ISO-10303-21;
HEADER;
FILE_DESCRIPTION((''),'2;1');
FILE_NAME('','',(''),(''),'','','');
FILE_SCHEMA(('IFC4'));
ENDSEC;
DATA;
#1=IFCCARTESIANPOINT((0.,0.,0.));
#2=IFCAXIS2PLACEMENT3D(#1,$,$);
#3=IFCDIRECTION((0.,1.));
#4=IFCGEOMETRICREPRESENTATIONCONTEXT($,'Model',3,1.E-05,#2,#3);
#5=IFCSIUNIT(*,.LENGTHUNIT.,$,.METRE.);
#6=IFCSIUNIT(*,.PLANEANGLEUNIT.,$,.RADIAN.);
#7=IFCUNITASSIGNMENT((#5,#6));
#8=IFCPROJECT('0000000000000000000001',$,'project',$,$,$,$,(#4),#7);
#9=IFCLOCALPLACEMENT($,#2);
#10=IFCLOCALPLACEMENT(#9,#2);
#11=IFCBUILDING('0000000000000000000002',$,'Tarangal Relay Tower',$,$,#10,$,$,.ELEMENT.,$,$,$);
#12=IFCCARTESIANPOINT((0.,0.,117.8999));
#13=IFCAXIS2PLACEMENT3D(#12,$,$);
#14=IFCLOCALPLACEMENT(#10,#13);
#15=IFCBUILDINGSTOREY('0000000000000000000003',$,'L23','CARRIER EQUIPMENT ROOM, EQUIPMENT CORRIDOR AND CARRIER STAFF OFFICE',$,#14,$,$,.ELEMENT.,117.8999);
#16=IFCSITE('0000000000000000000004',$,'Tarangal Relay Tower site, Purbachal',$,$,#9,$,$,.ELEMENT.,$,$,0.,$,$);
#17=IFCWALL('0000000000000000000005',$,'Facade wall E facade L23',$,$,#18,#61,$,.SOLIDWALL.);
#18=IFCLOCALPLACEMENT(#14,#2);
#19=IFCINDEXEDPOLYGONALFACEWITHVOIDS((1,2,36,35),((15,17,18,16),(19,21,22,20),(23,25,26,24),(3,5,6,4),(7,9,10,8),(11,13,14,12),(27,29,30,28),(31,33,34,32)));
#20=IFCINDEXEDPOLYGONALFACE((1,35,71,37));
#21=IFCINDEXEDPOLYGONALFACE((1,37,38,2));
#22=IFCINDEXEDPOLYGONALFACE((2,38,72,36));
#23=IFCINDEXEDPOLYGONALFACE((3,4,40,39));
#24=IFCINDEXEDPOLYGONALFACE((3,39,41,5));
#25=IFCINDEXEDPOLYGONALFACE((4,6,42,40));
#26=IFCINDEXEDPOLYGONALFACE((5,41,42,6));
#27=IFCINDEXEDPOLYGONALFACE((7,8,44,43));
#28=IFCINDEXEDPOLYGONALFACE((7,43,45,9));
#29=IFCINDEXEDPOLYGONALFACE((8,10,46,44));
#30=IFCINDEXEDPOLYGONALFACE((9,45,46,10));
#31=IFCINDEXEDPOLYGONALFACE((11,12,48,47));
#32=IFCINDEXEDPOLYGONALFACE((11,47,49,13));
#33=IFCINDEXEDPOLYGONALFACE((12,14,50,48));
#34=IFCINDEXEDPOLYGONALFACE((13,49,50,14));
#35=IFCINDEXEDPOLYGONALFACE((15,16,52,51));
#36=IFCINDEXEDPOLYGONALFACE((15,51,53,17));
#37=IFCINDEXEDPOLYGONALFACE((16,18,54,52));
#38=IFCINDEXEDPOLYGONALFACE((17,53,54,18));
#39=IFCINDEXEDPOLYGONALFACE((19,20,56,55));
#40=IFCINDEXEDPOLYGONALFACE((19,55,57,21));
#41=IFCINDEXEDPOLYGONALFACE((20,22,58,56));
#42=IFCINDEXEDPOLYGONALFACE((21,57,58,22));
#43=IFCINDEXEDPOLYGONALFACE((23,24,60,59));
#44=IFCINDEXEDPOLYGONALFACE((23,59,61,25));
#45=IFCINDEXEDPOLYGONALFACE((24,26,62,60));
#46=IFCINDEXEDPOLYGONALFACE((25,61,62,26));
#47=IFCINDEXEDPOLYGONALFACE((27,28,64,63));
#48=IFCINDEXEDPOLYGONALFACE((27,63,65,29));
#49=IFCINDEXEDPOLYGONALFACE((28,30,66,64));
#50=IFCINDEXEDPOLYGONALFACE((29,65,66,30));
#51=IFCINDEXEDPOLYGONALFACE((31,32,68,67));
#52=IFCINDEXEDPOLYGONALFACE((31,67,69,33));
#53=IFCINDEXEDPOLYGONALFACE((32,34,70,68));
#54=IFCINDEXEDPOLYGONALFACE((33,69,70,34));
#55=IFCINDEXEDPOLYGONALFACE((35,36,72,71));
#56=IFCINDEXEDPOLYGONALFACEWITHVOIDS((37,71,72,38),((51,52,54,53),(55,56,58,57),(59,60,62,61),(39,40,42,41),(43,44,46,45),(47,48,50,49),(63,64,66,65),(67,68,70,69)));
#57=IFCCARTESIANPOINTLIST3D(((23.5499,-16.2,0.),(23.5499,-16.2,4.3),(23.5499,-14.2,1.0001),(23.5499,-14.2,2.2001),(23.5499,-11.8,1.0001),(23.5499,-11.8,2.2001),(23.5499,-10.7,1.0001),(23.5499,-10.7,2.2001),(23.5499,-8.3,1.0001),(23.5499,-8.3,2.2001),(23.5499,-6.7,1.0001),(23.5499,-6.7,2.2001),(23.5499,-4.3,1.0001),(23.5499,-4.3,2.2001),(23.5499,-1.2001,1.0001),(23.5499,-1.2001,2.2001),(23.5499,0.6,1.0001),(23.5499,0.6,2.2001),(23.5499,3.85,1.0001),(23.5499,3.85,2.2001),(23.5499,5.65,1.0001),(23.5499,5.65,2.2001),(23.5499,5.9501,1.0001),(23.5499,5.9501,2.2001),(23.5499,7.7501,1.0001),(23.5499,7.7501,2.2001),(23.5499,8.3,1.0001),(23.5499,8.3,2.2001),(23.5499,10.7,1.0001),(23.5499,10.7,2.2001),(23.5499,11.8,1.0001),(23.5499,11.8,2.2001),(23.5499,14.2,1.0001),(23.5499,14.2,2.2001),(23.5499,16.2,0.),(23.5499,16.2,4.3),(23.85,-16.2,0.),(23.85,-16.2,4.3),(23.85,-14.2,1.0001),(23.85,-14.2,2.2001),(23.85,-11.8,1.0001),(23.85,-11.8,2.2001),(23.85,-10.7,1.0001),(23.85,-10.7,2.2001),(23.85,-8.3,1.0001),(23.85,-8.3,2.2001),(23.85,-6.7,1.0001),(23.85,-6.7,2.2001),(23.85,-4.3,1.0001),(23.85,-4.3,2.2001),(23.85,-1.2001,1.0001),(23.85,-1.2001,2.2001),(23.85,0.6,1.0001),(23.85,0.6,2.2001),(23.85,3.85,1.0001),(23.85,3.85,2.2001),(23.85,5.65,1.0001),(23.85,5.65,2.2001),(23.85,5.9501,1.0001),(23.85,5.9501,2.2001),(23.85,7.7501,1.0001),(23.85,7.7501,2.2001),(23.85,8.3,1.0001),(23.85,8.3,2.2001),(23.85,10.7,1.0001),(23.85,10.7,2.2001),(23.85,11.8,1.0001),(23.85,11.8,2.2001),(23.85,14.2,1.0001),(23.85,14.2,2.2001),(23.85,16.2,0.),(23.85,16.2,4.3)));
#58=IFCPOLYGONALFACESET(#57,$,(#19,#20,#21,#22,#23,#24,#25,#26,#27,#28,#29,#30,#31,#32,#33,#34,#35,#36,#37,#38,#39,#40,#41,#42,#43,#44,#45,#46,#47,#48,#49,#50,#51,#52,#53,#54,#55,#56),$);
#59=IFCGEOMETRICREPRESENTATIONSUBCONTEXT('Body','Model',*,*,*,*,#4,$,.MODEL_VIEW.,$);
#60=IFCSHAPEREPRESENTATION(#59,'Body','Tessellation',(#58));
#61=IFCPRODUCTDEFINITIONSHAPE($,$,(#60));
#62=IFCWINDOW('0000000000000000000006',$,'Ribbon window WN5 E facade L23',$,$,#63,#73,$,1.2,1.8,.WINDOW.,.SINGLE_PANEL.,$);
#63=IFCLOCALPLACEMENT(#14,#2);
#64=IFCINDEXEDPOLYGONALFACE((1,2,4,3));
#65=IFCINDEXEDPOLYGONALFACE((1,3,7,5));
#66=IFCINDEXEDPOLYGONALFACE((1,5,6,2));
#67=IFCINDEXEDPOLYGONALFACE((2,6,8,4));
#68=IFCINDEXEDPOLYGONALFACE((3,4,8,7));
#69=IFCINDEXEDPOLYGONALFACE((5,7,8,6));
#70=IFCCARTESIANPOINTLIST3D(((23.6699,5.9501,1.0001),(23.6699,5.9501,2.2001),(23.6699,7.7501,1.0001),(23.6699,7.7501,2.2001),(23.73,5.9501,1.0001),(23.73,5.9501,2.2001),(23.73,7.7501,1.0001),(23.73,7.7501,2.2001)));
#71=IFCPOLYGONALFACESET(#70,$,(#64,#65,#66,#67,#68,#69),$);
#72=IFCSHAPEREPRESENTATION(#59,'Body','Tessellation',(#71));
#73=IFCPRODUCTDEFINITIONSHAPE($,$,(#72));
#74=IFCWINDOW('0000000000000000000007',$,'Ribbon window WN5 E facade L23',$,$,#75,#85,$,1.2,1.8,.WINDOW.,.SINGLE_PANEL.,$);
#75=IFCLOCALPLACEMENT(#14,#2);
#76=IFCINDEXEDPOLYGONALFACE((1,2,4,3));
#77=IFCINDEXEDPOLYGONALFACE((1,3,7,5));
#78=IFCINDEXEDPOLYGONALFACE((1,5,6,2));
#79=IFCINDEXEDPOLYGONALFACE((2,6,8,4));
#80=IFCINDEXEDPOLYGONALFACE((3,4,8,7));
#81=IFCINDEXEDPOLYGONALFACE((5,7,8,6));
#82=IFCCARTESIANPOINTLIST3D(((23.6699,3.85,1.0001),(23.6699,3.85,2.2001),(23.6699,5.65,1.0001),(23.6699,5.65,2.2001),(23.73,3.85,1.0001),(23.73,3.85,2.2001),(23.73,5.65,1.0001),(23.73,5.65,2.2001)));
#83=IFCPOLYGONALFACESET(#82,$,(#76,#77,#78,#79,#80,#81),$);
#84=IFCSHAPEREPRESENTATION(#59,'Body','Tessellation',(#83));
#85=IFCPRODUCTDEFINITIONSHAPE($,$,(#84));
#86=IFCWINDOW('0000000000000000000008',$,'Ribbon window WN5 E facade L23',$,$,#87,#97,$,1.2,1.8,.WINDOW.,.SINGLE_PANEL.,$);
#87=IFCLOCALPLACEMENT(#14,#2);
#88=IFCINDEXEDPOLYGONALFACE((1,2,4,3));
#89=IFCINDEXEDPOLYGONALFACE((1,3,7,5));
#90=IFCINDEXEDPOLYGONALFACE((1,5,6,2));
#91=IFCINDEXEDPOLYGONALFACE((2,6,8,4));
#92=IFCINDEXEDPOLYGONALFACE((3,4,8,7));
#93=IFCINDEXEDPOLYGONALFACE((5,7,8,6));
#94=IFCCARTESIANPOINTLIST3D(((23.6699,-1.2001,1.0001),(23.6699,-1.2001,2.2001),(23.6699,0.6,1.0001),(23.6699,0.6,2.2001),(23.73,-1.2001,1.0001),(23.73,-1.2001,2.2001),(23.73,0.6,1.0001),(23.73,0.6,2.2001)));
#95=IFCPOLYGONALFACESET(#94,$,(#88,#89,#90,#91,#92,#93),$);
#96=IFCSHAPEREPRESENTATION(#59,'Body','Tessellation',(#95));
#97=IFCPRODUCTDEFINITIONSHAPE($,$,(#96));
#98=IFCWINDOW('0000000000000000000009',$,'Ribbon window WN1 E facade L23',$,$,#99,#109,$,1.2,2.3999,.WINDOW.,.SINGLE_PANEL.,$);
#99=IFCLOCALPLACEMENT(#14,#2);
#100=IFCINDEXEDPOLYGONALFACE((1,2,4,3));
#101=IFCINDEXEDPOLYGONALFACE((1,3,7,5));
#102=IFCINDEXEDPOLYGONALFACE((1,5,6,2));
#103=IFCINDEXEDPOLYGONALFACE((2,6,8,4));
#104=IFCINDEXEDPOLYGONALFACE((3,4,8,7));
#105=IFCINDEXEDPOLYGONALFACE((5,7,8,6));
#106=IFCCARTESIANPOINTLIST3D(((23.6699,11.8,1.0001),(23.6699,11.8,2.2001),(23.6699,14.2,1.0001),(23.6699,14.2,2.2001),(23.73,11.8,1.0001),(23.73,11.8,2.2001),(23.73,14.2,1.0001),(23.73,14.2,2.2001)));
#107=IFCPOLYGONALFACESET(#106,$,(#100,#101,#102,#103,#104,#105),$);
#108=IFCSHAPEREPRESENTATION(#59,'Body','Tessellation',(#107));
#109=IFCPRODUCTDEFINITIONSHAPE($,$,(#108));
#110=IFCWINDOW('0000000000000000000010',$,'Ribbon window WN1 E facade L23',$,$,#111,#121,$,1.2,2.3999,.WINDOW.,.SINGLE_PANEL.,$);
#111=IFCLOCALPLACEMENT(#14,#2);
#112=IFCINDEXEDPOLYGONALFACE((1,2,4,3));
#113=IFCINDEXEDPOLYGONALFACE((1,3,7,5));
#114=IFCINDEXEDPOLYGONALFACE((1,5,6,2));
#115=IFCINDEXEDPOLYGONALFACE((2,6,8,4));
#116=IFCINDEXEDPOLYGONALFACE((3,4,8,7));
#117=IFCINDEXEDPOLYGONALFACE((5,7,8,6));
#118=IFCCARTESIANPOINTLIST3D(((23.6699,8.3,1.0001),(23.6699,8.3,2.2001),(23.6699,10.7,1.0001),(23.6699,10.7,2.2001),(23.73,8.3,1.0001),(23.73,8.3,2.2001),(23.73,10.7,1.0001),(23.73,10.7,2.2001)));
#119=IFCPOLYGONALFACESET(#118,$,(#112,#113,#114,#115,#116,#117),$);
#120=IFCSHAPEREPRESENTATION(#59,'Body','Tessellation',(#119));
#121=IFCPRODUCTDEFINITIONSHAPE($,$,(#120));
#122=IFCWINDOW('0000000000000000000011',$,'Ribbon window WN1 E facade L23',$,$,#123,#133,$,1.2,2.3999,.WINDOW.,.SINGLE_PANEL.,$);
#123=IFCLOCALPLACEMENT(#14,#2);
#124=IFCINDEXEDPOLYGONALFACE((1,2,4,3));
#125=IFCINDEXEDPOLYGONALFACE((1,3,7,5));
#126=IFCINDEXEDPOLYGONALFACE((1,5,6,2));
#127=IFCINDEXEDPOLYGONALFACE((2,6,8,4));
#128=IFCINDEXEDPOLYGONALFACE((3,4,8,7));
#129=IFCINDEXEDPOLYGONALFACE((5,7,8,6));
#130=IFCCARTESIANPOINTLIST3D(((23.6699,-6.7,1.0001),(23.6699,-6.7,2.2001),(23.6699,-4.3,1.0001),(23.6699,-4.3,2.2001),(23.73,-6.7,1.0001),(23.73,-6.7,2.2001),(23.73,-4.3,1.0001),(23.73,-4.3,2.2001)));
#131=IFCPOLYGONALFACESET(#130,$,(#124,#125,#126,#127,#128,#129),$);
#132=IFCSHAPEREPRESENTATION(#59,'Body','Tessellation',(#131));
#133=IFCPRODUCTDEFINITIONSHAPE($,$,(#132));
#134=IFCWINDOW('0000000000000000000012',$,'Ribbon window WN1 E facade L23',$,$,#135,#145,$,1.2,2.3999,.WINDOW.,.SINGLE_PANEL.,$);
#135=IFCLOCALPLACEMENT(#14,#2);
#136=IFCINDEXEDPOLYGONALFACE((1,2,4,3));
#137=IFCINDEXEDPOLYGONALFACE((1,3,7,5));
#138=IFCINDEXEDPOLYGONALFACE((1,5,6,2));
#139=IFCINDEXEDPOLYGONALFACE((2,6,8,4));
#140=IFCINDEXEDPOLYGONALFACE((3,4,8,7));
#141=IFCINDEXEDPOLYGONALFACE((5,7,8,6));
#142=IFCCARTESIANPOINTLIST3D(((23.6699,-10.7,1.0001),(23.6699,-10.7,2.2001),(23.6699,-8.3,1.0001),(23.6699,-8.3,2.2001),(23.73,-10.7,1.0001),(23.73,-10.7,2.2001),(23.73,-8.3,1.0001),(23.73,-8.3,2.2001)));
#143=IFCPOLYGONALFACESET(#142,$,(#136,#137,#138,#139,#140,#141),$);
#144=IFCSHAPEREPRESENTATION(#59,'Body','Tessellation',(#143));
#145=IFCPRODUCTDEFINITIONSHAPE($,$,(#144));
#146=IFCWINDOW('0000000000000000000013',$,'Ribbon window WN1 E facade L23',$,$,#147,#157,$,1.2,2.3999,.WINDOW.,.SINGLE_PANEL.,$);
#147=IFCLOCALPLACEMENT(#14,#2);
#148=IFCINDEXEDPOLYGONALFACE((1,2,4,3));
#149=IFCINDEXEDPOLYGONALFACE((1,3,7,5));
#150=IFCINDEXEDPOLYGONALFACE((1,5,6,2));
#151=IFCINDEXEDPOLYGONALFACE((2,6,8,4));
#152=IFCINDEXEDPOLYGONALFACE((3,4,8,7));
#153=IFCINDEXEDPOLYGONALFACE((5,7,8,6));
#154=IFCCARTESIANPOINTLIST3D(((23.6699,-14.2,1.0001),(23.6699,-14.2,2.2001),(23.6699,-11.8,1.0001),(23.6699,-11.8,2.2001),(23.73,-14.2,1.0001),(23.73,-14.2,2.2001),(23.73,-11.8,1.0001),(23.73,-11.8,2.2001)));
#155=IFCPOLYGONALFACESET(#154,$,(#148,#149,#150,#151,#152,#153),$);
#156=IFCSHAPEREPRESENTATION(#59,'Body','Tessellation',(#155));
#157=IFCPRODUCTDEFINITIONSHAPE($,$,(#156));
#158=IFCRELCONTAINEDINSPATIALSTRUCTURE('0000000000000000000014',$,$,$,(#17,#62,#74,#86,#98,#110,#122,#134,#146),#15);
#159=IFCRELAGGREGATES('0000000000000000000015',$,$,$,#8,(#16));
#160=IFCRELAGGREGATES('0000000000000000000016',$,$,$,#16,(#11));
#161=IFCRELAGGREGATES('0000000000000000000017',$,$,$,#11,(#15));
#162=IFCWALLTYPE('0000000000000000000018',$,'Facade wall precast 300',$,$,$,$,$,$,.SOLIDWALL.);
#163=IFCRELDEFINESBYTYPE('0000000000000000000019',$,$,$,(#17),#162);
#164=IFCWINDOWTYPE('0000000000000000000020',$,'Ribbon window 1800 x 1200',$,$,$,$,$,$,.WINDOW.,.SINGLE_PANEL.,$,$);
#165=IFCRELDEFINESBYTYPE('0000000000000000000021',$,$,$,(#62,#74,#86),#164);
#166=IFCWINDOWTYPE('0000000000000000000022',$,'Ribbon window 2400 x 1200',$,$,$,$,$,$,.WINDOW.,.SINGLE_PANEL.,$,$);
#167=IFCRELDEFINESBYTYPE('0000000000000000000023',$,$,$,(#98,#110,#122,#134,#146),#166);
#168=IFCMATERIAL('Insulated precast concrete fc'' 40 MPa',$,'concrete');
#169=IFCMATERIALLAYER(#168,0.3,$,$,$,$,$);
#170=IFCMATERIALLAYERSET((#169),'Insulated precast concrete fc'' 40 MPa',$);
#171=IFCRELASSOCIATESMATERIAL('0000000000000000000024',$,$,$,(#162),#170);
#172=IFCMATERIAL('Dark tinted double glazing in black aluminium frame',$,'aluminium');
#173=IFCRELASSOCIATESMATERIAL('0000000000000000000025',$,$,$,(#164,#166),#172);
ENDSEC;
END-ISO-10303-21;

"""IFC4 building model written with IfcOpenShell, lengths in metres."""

from ifc_helpers import new_model, si_unit, direction, frame, frame_2d, origin, place, context, subcontext, project, spatial, rectangle, extrude, material, layer, layer_set, type_object, element, fill, save


model = new_model("IFC4")

# Units and contexts
model_context = context("Model", 3, precision=1e-05, world=origin(), true_north=direction((0.0, 1.0)))
body_context = subcontext(model_context, "Body", "Model", "MODEL_VIEW")
ifc_project = project(units=[si_unit("LENGTHUNIT", "METRE"), si_unit("PLANEANGLEUNIT", "RADIAN")], contexts=[model_context])

# Site, building, storey
site_placement = place(None, origin())
site = spatial("IfcSite", under=ifc_project, at=site_placement, Name="Tarangal Relay Tower site, Purbachal", CompositionType="ELEMENT", RefElevation=0.0)
building_placement = place(site_placement, origin())
building = spatial("IfcBuilding", under=site, at=building_placement, Name="Tarangal Relay Tower", CompositionType="ELEMENT")
storey_placement = place(building_placement, frame((0.0, 0.0, 117.8999)))
storey = spatial("IfcBuildingStorey", under=building, at=storey_placement, Name="L23", Description="CARRIER EQUIPMENT ROOM, EQUIPMENT CORRIDOR AND CARRIER STAFF OFFICE", CompositionType="ELEMENT", Elevation=117.8999)

# Shared definitions
ifc_material_1 = material(Name="Insulated precast concrete fc' 40 MPa", Category="concrete")
ifc_layer_1 = layer(ifc_material_1, 0.3)
ifc_layer_set_1 = layer_set([ifc_layer_1], Name="Insulated precast concrete fc' 40 MPa")
wall_type_1 = type_object("IfcWallType", Name="Facade wall precast 300", PredefinedType="SOLIDWALL", material=ifc_layer_set_1)

# Wall, openings, windows
wall_1_placement = place(storey_placement, frame((23.7, 16.2, 0.0), z_axis=(0.0, 0.0, 1.0), x_axis=(0.0, -1.0, 0.0)))
wall_1 = element("IfcWall", 1, at=wall_1_placement, inside=storey, type_object=wall_type_1, Name="Facade wall E facade L23", PredefinedType="SOLIDWALL", context=body_context, shape_type="SweptSolid", body=[
    extrude(rectangle(XDim=32.3999, YDim=0.3, at=frame_2d((16.2, 0.0))), origin(), (0.0, 0.0, 1.0), 4.3),
])
opening_1_placement = place(wall_1_placement, frame((2.0, 0.0, 1.0)))
opening_1 = element("IfcOpeningElement", 2, at=opening_1_placement, cuts=wall_1, PredefinedType="OPENING", context=body_context, shape_type="SweptSolid", body=[
    extrude(rectangle(XDim=2.3999, YDim=1.2, at=frame_2d((1.2, 0.6001))), frame((0.0, 0.1599, 0.0), z_axis=(0.0, -1.0, 0.0), x_axis=(1.0, 0.0, 0.0)), (0.0, 0.0, 1.0), 0.3201),
])
opening_2_placement = place(wall_1_placement, frame((5.5, 0.0, 1.0)))
opening_2 = element("IfcOpeningElement", 3, at=opening_2_placement, cuts=wall_1, PredefinedType="OPENING", context=body_context, shape_type="SweptSolid", body=[
    extrude(rectangle(XDim=2.3999, YDim=1.2, at=frame_2d((1.2, 0.6001))), frame((0.0, 0.1599, 0.0), z_axis=(0.0, -1.0, 0.0), x_axis=(1.0, 0.0, 0.0)), (0.0, 0.0, 1.0), 0.3201),
])
opening_3_placement = place(wall_1_placement, frame((8.45, 0.0, 1.0)))
opening_3 = element("IfcOpeningElement", 4, at=opening_3_placement, cuts=wall_1, PredefinedType="OPENING", context=body_context, shape_type="SweptSolid", body=[
    extrude(rectangle(XDim=1.8, YDim=1.2, at=frame_2d((0.8999, 0.6001))), frame((0.0, 0.1599, 0.0), z_axis=(0.0, -1.0, 0.0), x_axis=(1.0, 0.0, 0.0)), (0.0, 0.0, 1.0), 0.3201),
])
opening_4_placement = place(wall_1_placement, frame((10.55, 0.0, 1.0)))
opening_4 = element("IfcOpeningElement", 5, at=opening_4_placement, cuts=wall_1, PredefinedType="OPENING", context=body_context, shape_type="SweptSolid", body=[
    extrude(rectangle(XDim=1.8, YDim=1.2, at=frame_2d((0.8999, 0.6001))), frame((0.0, 0.1599, 0.0), z_axis=(0.0, -1.0, 0.0), x_axis=(1.0, 0.0, 0.0)), (0.0, 0.0, 1.0), 0.3201),
])
opening_5_placement = place(wall_1_placement, frame((15.6001, 0.0, 1.0)))
opening_5 = element("IfcOpeningElement", 6, at=opening_5_placement, cuts=wall_1, PredefinedType="OPENING", context=body_context, shape_type="SweptSolid", body=[
    extrude(rectangle(XDim=1.8, YDim=1.2, at=frame_2d((0.8999, 0.6001))), frame((0.0, 0.1599, 0.0), z_axis=(0.0, -1.0, 0.0), x_axis=(1.0, 0.0, 0.0)), (0.0, 0.0, 1.0), 0.3201),
])
opening_6_placement = place(wall_1_placement, frame((20.5, 0.0, 1.0)))
opening_6 = element("IfcOpeningElement", 7, at=opening_6_placement, cuts=wall_1, PredefinedType="OPENING", context=body_context, shape_type="SweptSolid", body=[
    extrude(rectangle(XDim=2.3999, YDim=1.2, at=frame_2d((1.2, 0.6001))), frame((0.0, 0.1599, 0.0), z_axis=(0.0, -1.0, 0.0), x_axis=(1.0, 0.0, 0.0)), (0.0, 0.0, 1.0), 0.3201),
])
opening_7_placement = place(wall_1_placement, frame((24.5, 0.0, 1.0)))
opening_7 = element("IfcOpeningElement", 8, at=opening_7_placement, cuts=wall_1, PredefinedType="OPENING", context=body_context, shape_type="SweptSolid", body=[
    extrude(rectangle(XDim=2.3999, YDim=1.2, at=frame_2d((1.2, 0.6001))), frame((0.0, 0.1599, 0.0), z_axis=(0.0, -1.0, 0.0), x_axis=(1.0, 0.0, 0.0)), (0.0, 0.0, 1.0), 0.3201),
])
opening_8_placement = place(wall_1_placement, frame((28.0, 0.0, 1.0)))
opening_8 = element("IfcOpeningElement", 9, at=opening_8_placement, cuts=wall_1, PredefinedType="OPENING", context=body_context, shape_type="SweptSolid", body=[
    extrude(rectangle(XDim=2.3999, YDim=1.2, at=frame_2d((1.2, 0.6001))), frame((0.0, 0.1599, 0.0), z_axis=(0.0, -1.0, 0.0), x_axis=(1.0, 0.0, 0.0)), (0.0, 0.0, 1.0), 0.3201),
])
ifc_material_2 = material(Name="Dark tinted double glazing in black aluminium frame", Category="aluminium")
window_type_1 = type_object("IfcWindowType", Name="Ribbon window 1800 x 1200", PartitioningType="SINGLE_PANEL", PredefinedType="WINDOW", material=ifc_material_2)
window_1_placement = place(opening_3_placement, origin())
window_1 = element("IfcWindow", 10, at=window_1_placement, inside=storey, type_object=window_type_1, Name="Ribbon window WN5 E facade L23", OverallHeight=1.2, OverallWidth=1.8, PartitioningType="SINGLE_PANEL", PredefinedType="WINDOW", context=body_context, shape_type="SweptSolid", body=[
    extrude(rectangle(XDim=1.8, YDim=1.2, at=frame_2d((0.8999, 0.6001))), frame((0.0, 0.03, 0.0), z_axis=(0.0, -1.0, 0.0), x_axis=(1.0, 0.0, 0.0)), (0.0, 0.0, 1.0), 0.0601),
])
fill(opening_3, window_1)
window_2_placement = place(opening_4_placement, origin())
window_2 = element("IfcWindow", 11, at=window_2_placement, inside=storey, type_object=window_type_1, Name="Ribbon window WN5 E facade L23", OverallHeight=1.2, OverallWidth=1.8, PartitioningType="SINGLE_PANEL", PredefinedType="WINDOW", context=body_context, shape_type="SweptSolid", body=[
    extrude(rectangle(XDim=1.8, YDim=1.2, at=frame_2d((0.8999, 0.6001))), frame((0.0, 0.03, 0.0), z_axis=(0.0, -1.0, 0.0), x_axis=(1.0, 0.0, 0.0)), (0.0, 0.0, 1.0), 0.0601),
])
fill(opening_4, window_2)
window_3_placement = place(opening_5_placement, origin())
window_3 = element("IfcWindow", 12, at=window_3_placement, inside=storey, type_object=window_type_1, Name="Ribbon window WN5 E facade L23", OverallHeight=1.2, OverallWidth=1.8, PartitioningType="SINGLE_PANEL", PredefinedType="WINDOW", context=body_context, shape_type="SweptSolid", body=[
    extrude(rectangle(XDim=1.8, YDim=1.2, at=frame_2d((0.8999, 0.6001))), frame((0.0, 0.03, 0.0), z_axis=(0.0, -1.0, 0.0), x_axis=(1.0, 0.0, 0.0)), (0.0, 0.0, 1.0), 0.0601),
])
fill(opening_5, window_3)
window_type_2 = type_object("IfcWindowType", Name="Ribbon window 2400 x 1200", PartitioningType="SINGLE_PANEL", PredefinedType="WINDOW", material=ifc_material_2)
window_4_placement = place(opening_1_placement, origin())
window_4 = element("IfcWindow", 13, at=window_4_placement, inside=storey, type_object=window_type_2, Name="Ribbon window WN1 E facade L23", OverallHeight=1.2, OverallWidth=2.3999, PartitioningType="SINGLE_PANEL", PredefinedType="WINDOW", context=body_context, shape_type="SweptSolid", body=[
    extrude(rectangle(XDim=2.3999, YDim=1.2, at=frame_2d((1.2, 0.6001))), frame((0.0, 0.03, 0.0), z_axis=(0.0, -1.0, 0.0), x_axis=(1.0, 0.0, 0.0)), (0.0, 0.0, 1.0), 0.0601),
])
fill(opening_1, window_4)
window_5_placement = place(opening_2_placement, origin())
window_5 = element("IfcWindow", 14, at=window_5_placement, inside=storey, type_object=window_type_2, Name="Ribbon window WN1 E facade L23", OverallHeight=1.2, OverallWidth=2.3999, PartitioningType="SINGLE_PANEL", PredefinedType="WINDOW", context=body_context, shape_type="SweptSolid", body=[
    extrude(rectangle(XDim=2.3999, YDim=1.2, at=frame_2d((1.2, 0.6001))), frame((0.0, 0.03, 0.0), z_axis=(0.0, -1.0, 0.0), x_axis=(1.0, 0.0, 0.0)), (0.0, 0.0, 1.0), 0.0601),
])
fill(opening_2, window_5)
window_6_placement = place(opening_6_placement, origin())
window_6 = element("IfcWindow", 15, at=window_6_placement, inside=storey, type_object=window_type_2, Name="Ribbon window WN1 E facade L23", OverallHeight=1.2, OverallWidth=2.3999, PartitioningType="SINGLE_PANEL", PredefinedType="WINDOW", context=body_context, shape_type="SweptSolid", body=[
    extrude(rectangle(XDim=2.3999, YDim=1.2, at=frame_2d((1.2, 0.6001))), frame((0.0, 0.03, 0.0), z_axis=(0.0, -1.0, 0.0), x_axis=(1.0, 0.0, 0.0)), (0.0, 0.0, 1.0), 0.0601),
])
fill(opening_6, window_6)
window_7_placement = place(opening_7_placement, origin())
window_7 = element("IfcWindow", 16, at=window_7_placement, inside=storey, type_object=window_type_2, Name="Ribbon window WN1 E facade L23", OverallHeight=1.2, OverallWidth=2.3999, PartitioningType="SINGLE_PANEL", PredefinedType="WINDOW", context=body_context, shape_type="SweptSolid", body=[
    extrude(rectangle(XDim=2.3999, YDim=1.2, at=frame_2d((1.2, 0.6001))), frame((0.0, 0.03, 0.0), z_axis=(0.0, -1.0, 0.0), x_axis=(1.0, 0.0, 0.0)), (0.0, 0.0, 1.0), 0.0601),
])
fill(opening_7, window_7)
window_8_placement = place(opening_8_placement, origin())
window_8 = element("IfcWindow", 17, at=window_8_placement, inside=storey, type_object=window_type_2, Name="Ribbon window WN1 E facade L23", OverallHeight=1.2, OverallWidth=2.3999, PartitioningType="SINGLE_PANEL", PredefinedType="WINDOW", context=body_context, shape_type="SweptSolid", body=[
    extrude(rectangle(XDim=2.3999, YDim=1.2, at=frame_2d((1.2, 0.6001))), frame((0.0, 0.03, 0.0), z_axis=(0.0, -1.0, 0.0), x_axis=(1.0, 0.0, 0.0)), (0.0, 0.0, 1.0), 0.0601),
])
fill(opening_8, window_8)

save(model, "model.ifc")
